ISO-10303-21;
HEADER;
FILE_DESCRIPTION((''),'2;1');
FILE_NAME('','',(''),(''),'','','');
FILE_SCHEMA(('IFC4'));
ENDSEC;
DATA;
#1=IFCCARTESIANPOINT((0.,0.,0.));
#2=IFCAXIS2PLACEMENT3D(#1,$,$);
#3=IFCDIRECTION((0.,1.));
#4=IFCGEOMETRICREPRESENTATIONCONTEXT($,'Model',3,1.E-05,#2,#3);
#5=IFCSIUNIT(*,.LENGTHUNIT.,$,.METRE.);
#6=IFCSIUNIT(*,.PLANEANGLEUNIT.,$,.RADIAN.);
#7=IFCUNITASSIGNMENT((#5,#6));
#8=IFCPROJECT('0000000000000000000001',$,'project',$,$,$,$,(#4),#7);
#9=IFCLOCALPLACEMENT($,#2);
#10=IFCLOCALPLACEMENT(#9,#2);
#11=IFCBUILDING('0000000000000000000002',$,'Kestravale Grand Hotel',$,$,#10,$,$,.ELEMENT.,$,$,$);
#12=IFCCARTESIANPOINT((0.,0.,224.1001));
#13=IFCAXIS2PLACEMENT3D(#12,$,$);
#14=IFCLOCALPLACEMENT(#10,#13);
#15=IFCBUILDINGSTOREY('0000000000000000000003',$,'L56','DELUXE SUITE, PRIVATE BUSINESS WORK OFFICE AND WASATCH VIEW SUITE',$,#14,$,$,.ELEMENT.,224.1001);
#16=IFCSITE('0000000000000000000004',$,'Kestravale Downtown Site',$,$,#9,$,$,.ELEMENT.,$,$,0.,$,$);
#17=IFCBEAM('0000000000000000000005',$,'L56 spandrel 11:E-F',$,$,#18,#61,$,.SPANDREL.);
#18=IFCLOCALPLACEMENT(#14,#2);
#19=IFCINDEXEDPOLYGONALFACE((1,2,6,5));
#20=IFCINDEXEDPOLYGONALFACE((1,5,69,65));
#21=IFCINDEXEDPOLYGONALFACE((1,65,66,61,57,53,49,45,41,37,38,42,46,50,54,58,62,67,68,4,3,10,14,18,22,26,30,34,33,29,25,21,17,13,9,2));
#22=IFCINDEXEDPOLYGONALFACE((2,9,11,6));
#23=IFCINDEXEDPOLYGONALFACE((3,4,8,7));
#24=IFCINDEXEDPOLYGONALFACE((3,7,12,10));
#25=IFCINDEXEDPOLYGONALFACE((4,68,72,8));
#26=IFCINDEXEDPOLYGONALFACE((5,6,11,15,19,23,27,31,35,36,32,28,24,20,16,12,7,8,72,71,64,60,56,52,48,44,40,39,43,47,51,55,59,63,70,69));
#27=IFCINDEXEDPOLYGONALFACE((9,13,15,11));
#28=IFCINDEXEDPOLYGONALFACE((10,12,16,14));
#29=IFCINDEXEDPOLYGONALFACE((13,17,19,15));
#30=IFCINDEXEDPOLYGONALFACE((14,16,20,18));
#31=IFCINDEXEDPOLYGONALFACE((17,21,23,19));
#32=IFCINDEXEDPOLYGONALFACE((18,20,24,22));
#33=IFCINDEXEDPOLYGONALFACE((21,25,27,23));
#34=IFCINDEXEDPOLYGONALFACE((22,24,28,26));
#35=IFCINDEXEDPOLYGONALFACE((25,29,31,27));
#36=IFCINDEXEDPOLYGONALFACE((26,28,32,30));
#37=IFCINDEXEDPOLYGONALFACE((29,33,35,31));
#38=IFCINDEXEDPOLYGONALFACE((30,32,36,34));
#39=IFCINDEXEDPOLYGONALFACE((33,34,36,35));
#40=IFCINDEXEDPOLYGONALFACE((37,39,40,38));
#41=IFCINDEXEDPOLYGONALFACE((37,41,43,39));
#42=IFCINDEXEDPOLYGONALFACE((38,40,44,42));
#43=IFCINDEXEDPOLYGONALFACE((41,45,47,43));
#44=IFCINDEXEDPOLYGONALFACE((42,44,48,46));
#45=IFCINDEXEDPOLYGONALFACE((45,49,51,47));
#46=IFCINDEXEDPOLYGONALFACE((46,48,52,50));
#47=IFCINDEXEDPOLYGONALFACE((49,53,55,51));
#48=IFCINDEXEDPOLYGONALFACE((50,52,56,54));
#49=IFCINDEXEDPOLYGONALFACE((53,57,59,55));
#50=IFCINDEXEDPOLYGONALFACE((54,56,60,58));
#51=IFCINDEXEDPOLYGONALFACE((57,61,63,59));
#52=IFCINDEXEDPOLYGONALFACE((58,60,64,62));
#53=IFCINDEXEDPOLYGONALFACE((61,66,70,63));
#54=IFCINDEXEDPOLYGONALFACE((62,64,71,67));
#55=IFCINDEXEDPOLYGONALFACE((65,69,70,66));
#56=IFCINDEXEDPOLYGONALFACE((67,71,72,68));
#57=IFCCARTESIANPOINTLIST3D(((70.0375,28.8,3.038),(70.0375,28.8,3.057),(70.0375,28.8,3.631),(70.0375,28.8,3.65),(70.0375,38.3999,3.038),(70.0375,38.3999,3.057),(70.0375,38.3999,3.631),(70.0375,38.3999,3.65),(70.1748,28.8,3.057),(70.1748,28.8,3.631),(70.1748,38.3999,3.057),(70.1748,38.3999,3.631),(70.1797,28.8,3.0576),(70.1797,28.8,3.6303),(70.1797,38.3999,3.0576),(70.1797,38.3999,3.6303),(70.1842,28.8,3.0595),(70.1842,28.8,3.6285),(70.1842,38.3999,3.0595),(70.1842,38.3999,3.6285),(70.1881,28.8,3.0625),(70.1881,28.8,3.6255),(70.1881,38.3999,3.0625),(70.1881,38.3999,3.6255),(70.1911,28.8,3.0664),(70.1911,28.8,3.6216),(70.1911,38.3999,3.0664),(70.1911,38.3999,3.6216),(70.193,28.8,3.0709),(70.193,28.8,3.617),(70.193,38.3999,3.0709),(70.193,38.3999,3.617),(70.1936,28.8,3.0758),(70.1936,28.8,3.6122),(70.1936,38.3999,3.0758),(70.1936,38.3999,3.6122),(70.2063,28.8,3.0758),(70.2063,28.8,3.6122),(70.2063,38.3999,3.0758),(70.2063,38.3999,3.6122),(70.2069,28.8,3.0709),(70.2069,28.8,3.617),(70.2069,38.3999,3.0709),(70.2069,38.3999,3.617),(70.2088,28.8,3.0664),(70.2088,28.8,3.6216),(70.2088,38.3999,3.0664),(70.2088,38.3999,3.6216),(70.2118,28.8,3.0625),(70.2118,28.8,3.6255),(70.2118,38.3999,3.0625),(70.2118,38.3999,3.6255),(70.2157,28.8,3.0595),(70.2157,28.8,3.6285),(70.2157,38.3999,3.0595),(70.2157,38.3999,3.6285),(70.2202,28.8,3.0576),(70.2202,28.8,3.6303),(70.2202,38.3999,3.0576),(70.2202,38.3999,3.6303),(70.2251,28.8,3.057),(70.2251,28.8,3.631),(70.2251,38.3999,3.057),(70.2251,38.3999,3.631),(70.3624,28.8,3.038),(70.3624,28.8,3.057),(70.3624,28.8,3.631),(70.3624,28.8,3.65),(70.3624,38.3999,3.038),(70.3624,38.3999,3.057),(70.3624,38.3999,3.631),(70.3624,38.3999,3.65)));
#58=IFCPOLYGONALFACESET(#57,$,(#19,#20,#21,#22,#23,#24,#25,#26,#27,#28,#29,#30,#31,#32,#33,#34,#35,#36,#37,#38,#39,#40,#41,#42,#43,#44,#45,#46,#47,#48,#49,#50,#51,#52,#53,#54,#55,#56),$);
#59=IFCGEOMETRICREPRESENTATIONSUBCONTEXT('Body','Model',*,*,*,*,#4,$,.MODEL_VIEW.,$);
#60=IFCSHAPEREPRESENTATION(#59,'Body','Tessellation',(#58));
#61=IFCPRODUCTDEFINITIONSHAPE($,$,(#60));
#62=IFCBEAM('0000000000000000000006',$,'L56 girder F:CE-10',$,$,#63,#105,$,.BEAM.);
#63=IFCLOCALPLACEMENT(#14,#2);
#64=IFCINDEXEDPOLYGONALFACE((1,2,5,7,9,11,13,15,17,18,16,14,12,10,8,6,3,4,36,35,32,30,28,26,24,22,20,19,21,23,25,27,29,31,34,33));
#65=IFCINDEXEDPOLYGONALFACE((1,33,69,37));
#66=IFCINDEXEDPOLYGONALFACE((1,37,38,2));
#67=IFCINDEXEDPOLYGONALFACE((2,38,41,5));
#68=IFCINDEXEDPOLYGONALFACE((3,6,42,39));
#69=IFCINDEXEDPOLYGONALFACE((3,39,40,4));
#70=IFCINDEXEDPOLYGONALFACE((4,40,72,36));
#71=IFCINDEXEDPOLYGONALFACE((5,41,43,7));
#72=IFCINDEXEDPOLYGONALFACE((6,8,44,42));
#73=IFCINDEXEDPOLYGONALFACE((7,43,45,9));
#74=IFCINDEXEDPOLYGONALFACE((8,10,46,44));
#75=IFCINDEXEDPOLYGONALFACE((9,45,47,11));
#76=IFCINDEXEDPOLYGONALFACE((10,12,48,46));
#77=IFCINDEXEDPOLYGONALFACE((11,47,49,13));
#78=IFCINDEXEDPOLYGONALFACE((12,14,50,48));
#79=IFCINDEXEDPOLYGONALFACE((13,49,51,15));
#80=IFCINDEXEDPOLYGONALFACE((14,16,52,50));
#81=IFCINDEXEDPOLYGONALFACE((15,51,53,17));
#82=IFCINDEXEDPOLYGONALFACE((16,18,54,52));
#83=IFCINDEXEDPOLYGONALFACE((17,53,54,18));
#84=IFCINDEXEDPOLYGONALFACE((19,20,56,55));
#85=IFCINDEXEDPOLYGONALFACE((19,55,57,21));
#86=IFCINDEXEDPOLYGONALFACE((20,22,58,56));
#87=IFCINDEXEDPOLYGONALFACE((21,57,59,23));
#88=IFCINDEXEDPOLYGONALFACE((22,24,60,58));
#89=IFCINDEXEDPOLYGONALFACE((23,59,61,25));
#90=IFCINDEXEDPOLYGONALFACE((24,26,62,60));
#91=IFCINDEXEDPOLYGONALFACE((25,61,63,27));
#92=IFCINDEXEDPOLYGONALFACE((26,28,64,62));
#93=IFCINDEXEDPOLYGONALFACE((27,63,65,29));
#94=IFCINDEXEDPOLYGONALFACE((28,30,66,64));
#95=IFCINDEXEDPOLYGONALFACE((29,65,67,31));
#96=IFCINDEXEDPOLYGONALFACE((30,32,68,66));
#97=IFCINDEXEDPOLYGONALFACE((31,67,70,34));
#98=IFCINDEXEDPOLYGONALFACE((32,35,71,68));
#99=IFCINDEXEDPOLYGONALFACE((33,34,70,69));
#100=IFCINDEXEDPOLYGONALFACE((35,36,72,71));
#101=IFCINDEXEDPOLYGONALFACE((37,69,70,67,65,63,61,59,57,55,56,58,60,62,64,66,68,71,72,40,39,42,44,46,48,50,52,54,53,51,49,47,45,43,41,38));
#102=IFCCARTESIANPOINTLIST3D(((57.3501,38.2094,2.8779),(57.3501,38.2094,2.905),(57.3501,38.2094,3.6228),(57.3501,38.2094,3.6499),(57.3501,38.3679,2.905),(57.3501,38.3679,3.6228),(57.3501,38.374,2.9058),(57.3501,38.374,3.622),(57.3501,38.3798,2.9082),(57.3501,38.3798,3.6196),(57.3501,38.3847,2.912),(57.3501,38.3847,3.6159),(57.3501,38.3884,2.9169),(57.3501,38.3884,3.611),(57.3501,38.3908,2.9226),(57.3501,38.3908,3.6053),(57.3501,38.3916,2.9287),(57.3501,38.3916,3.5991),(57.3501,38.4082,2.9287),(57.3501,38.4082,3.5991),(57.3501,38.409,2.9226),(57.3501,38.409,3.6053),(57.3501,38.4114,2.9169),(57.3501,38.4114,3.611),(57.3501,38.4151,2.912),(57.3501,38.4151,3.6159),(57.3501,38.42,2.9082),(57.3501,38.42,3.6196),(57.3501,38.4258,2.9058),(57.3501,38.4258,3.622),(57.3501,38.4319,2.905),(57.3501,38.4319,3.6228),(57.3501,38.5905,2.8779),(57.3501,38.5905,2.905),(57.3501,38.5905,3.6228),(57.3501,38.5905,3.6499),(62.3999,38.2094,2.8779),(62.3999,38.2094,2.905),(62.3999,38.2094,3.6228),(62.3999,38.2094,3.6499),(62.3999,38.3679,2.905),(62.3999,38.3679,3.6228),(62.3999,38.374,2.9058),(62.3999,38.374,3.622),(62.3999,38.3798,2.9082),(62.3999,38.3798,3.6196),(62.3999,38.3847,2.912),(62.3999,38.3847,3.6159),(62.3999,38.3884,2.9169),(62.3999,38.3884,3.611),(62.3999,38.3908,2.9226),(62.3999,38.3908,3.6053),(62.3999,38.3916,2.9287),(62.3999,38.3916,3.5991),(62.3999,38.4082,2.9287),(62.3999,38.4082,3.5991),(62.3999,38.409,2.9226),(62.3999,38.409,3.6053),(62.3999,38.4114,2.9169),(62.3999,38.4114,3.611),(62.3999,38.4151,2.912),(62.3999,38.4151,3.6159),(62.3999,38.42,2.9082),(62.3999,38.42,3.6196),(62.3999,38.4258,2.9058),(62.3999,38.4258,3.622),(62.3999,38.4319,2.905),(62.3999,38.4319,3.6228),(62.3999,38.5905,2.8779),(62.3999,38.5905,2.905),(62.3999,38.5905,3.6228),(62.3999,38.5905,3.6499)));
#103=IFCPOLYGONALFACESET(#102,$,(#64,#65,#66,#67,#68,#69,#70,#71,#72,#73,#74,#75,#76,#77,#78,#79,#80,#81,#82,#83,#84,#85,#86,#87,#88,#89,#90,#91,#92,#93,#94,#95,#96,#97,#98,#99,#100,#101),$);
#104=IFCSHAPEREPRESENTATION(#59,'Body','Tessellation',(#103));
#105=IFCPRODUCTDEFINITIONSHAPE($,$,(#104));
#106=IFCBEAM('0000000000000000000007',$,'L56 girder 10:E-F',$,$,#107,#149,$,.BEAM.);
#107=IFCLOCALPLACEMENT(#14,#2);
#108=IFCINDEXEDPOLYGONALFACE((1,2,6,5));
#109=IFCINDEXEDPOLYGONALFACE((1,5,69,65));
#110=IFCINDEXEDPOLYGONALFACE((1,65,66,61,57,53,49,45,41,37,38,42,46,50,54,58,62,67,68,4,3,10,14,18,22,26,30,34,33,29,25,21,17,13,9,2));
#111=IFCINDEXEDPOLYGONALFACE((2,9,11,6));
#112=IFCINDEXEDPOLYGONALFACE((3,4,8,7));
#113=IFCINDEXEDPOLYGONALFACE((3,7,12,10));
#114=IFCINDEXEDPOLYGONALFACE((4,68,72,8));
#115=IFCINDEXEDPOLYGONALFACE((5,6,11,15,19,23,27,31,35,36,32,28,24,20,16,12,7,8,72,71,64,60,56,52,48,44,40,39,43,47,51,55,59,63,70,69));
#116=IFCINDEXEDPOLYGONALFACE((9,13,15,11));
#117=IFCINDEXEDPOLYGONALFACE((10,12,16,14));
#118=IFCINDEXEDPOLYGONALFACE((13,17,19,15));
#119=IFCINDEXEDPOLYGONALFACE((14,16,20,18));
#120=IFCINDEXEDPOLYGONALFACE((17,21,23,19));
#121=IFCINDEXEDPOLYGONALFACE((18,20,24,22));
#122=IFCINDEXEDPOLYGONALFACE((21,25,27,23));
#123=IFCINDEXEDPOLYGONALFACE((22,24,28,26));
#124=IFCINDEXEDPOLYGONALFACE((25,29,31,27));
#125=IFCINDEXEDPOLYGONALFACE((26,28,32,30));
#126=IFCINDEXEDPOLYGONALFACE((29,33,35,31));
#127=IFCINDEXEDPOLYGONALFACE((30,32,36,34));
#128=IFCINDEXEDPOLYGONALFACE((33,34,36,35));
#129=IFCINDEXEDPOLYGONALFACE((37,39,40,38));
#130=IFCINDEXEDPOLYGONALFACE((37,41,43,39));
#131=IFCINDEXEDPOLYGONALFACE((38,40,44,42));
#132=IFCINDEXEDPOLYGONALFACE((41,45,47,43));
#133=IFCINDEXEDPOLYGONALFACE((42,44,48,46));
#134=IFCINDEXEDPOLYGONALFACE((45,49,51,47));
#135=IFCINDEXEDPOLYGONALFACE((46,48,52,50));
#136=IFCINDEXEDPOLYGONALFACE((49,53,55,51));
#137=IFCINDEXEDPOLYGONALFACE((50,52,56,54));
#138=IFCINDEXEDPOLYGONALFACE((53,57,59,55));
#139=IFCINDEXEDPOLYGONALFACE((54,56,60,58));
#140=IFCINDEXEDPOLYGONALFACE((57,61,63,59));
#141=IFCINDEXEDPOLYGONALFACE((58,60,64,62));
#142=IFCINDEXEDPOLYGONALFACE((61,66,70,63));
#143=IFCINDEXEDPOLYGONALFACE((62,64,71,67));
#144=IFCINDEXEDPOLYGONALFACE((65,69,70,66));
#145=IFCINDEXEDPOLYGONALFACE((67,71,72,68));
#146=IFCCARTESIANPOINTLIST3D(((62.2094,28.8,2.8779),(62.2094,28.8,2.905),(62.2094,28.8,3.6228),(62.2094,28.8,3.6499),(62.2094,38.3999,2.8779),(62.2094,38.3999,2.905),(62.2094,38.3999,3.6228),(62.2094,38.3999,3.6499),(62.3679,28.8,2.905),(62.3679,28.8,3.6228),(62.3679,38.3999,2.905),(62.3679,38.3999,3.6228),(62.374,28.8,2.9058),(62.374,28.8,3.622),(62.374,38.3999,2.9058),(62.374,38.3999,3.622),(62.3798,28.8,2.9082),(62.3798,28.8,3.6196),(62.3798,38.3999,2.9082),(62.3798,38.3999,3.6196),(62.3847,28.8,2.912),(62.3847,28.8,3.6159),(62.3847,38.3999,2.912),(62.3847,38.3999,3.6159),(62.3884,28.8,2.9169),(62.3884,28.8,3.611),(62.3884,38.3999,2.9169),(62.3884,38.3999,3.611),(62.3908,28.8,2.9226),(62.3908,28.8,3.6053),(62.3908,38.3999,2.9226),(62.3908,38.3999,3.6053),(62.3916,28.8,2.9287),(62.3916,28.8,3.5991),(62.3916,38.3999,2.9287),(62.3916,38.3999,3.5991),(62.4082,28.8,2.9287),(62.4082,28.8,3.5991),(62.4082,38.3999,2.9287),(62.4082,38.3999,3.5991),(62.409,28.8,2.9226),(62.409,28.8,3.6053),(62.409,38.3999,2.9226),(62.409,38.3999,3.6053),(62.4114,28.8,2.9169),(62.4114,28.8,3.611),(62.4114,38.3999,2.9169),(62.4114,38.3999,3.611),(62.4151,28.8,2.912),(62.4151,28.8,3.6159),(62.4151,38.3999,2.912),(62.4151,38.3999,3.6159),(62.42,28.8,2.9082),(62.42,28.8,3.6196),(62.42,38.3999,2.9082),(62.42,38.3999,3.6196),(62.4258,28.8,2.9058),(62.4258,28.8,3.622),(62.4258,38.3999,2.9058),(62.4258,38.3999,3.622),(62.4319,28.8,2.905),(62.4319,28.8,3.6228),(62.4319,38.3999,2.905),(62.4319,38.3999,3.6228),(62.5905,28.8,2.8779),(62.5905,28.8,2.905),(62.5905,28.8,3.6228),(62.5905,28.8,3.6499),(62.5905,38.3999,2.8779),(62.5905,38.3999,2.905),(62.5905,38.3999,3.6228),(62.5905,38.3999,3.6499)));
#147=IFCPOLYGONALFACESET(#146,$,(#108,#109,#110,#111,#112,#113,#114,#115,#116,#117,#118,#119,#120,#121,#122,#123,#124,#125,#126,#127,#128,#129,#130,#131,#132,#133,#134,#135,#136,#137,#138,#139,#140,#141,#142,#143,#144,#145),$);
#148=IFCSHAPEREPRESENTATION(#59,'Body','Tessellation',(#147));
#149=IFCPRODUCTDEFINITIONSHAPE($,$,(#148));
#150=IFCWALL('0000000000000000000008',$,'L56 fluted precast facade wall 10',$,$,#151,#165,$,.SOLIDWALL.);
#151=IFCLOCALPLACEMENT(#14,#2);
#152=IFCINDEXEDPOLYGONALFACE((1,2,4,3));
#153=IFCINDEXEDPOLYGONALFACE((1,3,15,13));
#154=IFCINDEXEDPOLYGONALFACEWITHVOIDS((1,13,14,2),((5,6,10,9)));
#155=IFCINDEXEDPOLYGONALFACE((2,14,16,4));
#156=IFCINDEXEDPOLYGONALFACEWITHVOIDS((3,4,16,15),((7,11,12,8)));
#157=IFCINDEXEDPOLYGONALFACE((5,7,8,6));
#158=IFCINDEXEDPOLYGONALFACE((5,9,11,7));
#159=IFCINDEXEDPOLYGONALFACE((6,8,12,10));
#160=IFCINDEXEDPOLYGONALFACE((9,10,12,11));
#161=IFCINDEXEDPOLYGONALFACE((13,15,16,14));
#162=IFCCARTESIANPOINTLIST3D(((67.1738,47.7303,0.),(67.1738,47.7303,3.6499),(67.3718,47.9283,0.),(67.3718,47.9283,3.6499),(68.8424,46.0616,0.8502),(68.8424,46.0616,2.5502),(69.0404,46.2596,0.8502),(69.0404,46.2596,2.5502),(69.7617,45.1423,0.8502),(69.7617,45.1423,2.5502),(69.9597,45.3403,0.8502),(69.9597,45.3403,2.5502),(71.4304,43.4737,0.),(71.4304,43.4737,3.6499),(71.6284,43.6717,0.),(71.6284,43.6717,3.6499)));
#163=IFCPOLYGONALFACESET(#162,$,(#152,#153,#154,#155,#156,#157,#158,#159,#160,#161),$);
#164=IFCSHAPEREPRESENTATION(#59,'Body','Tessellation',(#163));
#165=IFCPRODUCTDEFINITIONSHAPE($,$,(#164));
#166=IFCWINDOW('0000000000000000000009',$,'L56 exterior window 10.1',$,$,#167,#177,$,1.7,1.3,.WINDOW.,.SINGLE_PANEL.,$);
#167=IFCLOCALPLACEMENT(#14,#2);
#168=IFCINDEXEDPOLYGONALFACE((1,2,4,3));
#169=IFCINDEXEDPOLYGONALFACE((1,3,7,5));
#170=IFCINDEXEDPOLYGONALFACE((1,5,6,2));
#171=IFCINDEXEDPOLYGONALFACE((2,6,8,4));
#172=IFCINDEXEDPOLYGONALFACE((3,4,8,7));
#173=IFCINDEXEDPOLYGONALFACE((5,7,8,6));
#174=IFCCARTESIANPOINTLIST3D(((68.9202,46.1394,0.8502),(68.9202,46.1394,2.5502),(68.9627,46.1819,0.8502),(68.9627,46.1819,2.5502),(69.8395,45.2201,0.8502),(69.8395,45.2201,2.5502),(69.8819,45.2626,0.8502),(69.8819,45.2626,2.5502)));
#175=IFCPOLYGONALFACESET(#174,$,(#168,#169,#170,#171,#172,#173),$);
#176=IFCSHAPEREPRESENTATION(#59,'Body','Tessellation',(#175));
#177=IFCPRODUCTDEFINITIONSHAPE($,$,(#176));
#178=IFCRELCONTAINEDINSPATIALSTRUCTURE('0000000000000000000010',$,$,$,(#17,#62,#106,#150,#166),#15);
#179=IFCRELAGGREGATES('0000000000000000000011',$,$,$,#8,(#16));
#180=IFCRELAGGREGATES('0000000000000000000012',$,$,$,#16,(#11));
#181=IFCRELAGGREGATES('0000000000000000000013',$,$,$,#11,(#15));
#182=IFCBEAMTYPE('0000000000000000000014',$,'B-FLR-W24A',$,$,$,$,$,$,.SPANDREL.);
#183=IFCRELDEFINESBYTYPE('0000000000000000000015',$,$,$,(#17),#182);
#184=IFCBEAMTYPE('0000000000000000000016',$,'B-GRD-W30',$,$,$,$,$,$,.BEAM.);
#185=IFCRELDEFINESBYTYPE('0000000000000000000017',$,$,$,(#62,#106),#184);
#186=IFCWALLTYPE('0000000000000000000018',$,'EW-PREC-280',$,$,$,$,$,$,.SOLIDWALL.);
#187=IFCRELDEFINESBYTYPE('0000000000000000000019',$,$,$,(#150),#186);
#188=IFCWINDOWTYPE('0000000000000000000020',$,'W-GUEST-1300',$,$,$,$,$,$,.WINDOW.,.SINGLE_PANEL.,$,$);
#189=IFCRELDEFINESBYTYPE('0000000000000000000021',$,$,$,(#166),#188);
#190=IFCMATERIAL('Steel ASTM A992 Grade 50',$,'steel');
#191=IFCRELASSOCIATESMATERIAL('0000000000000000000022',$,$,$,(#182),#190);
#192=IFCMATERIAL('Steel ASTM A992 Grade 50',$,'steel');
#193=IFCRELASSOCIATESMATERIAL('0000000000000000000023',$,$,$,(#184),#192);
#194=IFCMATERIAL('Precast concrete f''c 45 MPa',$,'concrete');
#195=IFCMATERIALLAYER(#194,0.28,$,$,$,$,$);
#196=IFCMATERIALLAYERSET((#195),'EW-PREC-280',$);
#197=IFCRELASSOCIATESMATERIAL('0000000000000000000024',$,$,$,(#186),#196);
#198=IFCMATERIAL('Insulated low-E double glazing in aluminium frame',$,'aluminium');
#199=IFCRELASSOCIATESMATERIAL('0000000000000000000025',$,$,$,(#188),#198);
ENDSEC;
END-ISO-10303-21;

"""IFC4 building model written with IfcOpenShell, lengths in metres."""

from ifc_helpers import new_model, si_unit, direction, frame, frame_2d, origin, origin_2d, place, context, subcontext, project, spatial, rectangle, i_section, extrude, material, layer, layer_set, material_profile, profile_set, type_object, element, fill, save


model = new_model("IFC4")

# Units and contexts
model_context = context("Model", 3, precision=1e-05, world=origin(), true_north=direction((0.0, 1.0)))
body_context = subcontext(model_context, "Body", "Model", "MODEL_VIEW")
ifc_project = project(units=[si_unit("LENGTHUNIT", "METRE"), si_unit("PLANEANGLEUNIT", "RADIAN")], contexts=[model_context])

# Site, building, storey
site_placement = place(None, origin())
site = spatial("IfcSite", under=ifc_project, at=site_placement, Name="Kestravale Downtown Site", CompositionType="ELEMENT", RefElevation=0.0)
building_placement = place(site_placement, origin())
building = spatial("IfcBuilding", under=site, at=building_placement, Name="Kestravale Grand Hotel", CompositionType="ELEMENT")
storey_placement = place(building_placement, frame((0.0, 0.0, 224.1001)))
storey = spatial("IfcBuildingStorey", under=building, at=storey_placement, Name="L56", Description="DELUXE SUITE, PRIVATE BUSINESS WORK OFFICE AND WASATCH VIEW SUITE", CompositionType="ELEMENT", Elevation=224.1001)

# Beams
ifc_material_1 = material(Name="Steel ASTM A992 Grade 50", Category="steel")
ifc_material_profile_1 = material_profile(ifc_material_1, i_section(OverallWidth=0.325, OverallDepth=0.6121, WebThickness=0.0127, FlangeThickness=0.019, FilletRadius=0.0188, at=origin_2d()))
ifc_profile_set_1 = profile_set([ifc_material_profile_1], Name="Steel ASTM A992 Grade 50")
beam_type_1 = type_object("IfcBeamType", Name="B-FLR-W24A", PredefinedType="SPANDREL", material=ifc_profile_set_1)
beam_1_placement = place(storey_placement, frame((70.2, 28.8, 3.344), z_axis=(0.0, 1.0, 0.0), x_axis=(-1.0, 0.0, 0.0)))
element("IfcBeam", 1, at=beam_1_placement, inside=storey, type_object=beam_type_1, Name="L56 spandrel 11:E-F", PredefinedType="SPANDREL", context=body_context, shape_type="SweptSolid", body=[
    extrude(i_section(OverallWidth=0.325, OverallDepth=0.6121, WebThickness=0.0127, FlangeThickness=0.019, FilletRadius=0.0188, at=origin_2d()), origin(), (0.0, 0.0, 1.0), 9.5999),
])
ifc_material_2 = material(Name="Steel ASTM A992 Grade 50", Category="steel")
ifc_material_profile_2 = material_profile(ifc_material_2, i_section(OverallWidth=0.3811, OverallDepth=0.772, WebThickness=0.0166, FlangeThickness=0.0271, FilletRadius=0.0237, at=origin_2d()))
ifc_profile_set_2 = profile_set([ifc_material_profile_2], Name="Steel ASTM A992 Grade 50")
beam_type_2 = type_object("IfcBeamType", Name="B-GRD-W30", PredefinedType="BEAM", material=ifc_profile_set_2)
beam_2_placement = place(storey_placement, frame((57.3501, 38.3999, 3.2639), z_axis=(1.0, 0.0, 0.0), x_axis=(0.0, 1.0, 0.0)))
element("IfcBeam", 2, at=beam_2_placement, inside=storey, type_object=beam_type_2, Name="L56 girder F:CE-10", PredefinedType="BEAM", context=body_context, shape_type="SweptSolid", body=[
    extrude(i_section(OverallWidth=0.3811, OverallDepth=0.772, WebThickness=0.0166, FlangeThickness=0.0271, FilletRadius=0.0237, at=origin_2d()), origin(), (0.0, 0.0, 1.0), 5.0498),
])
beam_3_placement = place(storey_placement, frame((62.3999, 28.8, 3.2639), z_axis=(0.0, 1.0, 0.0), x_axis=(-1.0, 0.0, 0.0)))
element("IfcBeam", 3, at=beam_3_placement, inside=storey, type_object=beam_type_2, Name="L56 girder 10:E-F", PredefinedType="BEAM", context=body_context, shape_type="SweptSolid", body=[
    extrude(i_section(OverallWidth=0.3811, OverallDepth=0.772, WebThickness=0.0166, FlangeThickness=0.0271, FilletRadius=0.0237, at=origin_2d()), origin(), (0.0, 0.0, 1.0), 9.5999),
])

# Wall, opening, window
ifc_material_3 = material(Name="Precast concrete f'c 45 MPa", Category="concrete")
ifc_layer_1 = layer(ifc_material_3, 0.28)
ifc_layer_set_1 = layer_set([ifc_layer_1], Name="EW-PREC-280")
wall_type_1 = type_object("IfcWallType", Name="EW-PREC-280", PredefinedType="SOLIDWALL", material=ifc_layer_set_1)
wall_1_placement = place(storey_placement, frame((71.5293, 43.5728, 0.0), z_axis=(0.0, 0.0, 1.0), x_axis=(-0.707107, 0.707107, 0.0)))
wall_1 = element("IfcWall", 4, at=wall_1_placement, inside=storey, type_object=wall_type_1, Name="L56 fluted precast facade wall 10", PredefinedType="SOLIDWALL", context=body_context, shape_type="SweptSolid", body=[
    extrude(rectangle(XDim=6.0198, YDim=0.28, at=frame_2d((3.0098, 0.0))), origin(), (0.0, 0.0, 1.0), 3.6499),
])
opening_1_placement = place(wall_1_placement, frame((2.3599, 0.0, 0.8501)))
opening_1 = element("IfcOpeningElement", 5, at=opening_1_placement, cuts=wall_1, PredefinedType="OPENING", context=body_context, shape_type="SweptSolid", body=[
    extrude(rectangle(XDim=1.3, YDim=1.7, at=frame_2d((0.6499, 0.8501))), frame((0.0, 0.1499, 0.0), z_axis=(0.0, -1.0, 0.0), x_axis=(1.0, 0.0, 0.0)), (0.0, 0.0, 1.0), 0.3),
])
ifc_material_4 = material(Name="Insulated low-E double glazing in aluminium frame", Category="aluminium")
window_type = type_object("IfcWindowType", Name="W-GUEST-1300", PartitioningType="SINGLE_PANEL", PredefinedType="WINDOW", material=ifc_material_4)
window_1_placement = place(opening_1_placement, origin())
window_1 = element("IfcWindow", 6, at=window_1_placement, inside=storey, type_object=window_type, Name="L56 exterior window 10.1", OverallHeight=1.7, OverallWidth=1.3, PartitioningType="SINGLE_PANEL", PredefinedType="WINDOW", context=body_context, shape_type="SweptSolid", body=[
    extrude(rectangle(XDim=1.3, YDim=1.7, at=frame_2d((0.6499, 0.8501))), frame((0.0, 0.03, 0.0), z_axis=(0.0, -1.0, 0.0), x_axis=(1.0, 0.0, 0.0)), (0.0, 0.0, 1.0), 0.0601),
])
fill(opening_1, window_1)

save(model, "model.ifc")
